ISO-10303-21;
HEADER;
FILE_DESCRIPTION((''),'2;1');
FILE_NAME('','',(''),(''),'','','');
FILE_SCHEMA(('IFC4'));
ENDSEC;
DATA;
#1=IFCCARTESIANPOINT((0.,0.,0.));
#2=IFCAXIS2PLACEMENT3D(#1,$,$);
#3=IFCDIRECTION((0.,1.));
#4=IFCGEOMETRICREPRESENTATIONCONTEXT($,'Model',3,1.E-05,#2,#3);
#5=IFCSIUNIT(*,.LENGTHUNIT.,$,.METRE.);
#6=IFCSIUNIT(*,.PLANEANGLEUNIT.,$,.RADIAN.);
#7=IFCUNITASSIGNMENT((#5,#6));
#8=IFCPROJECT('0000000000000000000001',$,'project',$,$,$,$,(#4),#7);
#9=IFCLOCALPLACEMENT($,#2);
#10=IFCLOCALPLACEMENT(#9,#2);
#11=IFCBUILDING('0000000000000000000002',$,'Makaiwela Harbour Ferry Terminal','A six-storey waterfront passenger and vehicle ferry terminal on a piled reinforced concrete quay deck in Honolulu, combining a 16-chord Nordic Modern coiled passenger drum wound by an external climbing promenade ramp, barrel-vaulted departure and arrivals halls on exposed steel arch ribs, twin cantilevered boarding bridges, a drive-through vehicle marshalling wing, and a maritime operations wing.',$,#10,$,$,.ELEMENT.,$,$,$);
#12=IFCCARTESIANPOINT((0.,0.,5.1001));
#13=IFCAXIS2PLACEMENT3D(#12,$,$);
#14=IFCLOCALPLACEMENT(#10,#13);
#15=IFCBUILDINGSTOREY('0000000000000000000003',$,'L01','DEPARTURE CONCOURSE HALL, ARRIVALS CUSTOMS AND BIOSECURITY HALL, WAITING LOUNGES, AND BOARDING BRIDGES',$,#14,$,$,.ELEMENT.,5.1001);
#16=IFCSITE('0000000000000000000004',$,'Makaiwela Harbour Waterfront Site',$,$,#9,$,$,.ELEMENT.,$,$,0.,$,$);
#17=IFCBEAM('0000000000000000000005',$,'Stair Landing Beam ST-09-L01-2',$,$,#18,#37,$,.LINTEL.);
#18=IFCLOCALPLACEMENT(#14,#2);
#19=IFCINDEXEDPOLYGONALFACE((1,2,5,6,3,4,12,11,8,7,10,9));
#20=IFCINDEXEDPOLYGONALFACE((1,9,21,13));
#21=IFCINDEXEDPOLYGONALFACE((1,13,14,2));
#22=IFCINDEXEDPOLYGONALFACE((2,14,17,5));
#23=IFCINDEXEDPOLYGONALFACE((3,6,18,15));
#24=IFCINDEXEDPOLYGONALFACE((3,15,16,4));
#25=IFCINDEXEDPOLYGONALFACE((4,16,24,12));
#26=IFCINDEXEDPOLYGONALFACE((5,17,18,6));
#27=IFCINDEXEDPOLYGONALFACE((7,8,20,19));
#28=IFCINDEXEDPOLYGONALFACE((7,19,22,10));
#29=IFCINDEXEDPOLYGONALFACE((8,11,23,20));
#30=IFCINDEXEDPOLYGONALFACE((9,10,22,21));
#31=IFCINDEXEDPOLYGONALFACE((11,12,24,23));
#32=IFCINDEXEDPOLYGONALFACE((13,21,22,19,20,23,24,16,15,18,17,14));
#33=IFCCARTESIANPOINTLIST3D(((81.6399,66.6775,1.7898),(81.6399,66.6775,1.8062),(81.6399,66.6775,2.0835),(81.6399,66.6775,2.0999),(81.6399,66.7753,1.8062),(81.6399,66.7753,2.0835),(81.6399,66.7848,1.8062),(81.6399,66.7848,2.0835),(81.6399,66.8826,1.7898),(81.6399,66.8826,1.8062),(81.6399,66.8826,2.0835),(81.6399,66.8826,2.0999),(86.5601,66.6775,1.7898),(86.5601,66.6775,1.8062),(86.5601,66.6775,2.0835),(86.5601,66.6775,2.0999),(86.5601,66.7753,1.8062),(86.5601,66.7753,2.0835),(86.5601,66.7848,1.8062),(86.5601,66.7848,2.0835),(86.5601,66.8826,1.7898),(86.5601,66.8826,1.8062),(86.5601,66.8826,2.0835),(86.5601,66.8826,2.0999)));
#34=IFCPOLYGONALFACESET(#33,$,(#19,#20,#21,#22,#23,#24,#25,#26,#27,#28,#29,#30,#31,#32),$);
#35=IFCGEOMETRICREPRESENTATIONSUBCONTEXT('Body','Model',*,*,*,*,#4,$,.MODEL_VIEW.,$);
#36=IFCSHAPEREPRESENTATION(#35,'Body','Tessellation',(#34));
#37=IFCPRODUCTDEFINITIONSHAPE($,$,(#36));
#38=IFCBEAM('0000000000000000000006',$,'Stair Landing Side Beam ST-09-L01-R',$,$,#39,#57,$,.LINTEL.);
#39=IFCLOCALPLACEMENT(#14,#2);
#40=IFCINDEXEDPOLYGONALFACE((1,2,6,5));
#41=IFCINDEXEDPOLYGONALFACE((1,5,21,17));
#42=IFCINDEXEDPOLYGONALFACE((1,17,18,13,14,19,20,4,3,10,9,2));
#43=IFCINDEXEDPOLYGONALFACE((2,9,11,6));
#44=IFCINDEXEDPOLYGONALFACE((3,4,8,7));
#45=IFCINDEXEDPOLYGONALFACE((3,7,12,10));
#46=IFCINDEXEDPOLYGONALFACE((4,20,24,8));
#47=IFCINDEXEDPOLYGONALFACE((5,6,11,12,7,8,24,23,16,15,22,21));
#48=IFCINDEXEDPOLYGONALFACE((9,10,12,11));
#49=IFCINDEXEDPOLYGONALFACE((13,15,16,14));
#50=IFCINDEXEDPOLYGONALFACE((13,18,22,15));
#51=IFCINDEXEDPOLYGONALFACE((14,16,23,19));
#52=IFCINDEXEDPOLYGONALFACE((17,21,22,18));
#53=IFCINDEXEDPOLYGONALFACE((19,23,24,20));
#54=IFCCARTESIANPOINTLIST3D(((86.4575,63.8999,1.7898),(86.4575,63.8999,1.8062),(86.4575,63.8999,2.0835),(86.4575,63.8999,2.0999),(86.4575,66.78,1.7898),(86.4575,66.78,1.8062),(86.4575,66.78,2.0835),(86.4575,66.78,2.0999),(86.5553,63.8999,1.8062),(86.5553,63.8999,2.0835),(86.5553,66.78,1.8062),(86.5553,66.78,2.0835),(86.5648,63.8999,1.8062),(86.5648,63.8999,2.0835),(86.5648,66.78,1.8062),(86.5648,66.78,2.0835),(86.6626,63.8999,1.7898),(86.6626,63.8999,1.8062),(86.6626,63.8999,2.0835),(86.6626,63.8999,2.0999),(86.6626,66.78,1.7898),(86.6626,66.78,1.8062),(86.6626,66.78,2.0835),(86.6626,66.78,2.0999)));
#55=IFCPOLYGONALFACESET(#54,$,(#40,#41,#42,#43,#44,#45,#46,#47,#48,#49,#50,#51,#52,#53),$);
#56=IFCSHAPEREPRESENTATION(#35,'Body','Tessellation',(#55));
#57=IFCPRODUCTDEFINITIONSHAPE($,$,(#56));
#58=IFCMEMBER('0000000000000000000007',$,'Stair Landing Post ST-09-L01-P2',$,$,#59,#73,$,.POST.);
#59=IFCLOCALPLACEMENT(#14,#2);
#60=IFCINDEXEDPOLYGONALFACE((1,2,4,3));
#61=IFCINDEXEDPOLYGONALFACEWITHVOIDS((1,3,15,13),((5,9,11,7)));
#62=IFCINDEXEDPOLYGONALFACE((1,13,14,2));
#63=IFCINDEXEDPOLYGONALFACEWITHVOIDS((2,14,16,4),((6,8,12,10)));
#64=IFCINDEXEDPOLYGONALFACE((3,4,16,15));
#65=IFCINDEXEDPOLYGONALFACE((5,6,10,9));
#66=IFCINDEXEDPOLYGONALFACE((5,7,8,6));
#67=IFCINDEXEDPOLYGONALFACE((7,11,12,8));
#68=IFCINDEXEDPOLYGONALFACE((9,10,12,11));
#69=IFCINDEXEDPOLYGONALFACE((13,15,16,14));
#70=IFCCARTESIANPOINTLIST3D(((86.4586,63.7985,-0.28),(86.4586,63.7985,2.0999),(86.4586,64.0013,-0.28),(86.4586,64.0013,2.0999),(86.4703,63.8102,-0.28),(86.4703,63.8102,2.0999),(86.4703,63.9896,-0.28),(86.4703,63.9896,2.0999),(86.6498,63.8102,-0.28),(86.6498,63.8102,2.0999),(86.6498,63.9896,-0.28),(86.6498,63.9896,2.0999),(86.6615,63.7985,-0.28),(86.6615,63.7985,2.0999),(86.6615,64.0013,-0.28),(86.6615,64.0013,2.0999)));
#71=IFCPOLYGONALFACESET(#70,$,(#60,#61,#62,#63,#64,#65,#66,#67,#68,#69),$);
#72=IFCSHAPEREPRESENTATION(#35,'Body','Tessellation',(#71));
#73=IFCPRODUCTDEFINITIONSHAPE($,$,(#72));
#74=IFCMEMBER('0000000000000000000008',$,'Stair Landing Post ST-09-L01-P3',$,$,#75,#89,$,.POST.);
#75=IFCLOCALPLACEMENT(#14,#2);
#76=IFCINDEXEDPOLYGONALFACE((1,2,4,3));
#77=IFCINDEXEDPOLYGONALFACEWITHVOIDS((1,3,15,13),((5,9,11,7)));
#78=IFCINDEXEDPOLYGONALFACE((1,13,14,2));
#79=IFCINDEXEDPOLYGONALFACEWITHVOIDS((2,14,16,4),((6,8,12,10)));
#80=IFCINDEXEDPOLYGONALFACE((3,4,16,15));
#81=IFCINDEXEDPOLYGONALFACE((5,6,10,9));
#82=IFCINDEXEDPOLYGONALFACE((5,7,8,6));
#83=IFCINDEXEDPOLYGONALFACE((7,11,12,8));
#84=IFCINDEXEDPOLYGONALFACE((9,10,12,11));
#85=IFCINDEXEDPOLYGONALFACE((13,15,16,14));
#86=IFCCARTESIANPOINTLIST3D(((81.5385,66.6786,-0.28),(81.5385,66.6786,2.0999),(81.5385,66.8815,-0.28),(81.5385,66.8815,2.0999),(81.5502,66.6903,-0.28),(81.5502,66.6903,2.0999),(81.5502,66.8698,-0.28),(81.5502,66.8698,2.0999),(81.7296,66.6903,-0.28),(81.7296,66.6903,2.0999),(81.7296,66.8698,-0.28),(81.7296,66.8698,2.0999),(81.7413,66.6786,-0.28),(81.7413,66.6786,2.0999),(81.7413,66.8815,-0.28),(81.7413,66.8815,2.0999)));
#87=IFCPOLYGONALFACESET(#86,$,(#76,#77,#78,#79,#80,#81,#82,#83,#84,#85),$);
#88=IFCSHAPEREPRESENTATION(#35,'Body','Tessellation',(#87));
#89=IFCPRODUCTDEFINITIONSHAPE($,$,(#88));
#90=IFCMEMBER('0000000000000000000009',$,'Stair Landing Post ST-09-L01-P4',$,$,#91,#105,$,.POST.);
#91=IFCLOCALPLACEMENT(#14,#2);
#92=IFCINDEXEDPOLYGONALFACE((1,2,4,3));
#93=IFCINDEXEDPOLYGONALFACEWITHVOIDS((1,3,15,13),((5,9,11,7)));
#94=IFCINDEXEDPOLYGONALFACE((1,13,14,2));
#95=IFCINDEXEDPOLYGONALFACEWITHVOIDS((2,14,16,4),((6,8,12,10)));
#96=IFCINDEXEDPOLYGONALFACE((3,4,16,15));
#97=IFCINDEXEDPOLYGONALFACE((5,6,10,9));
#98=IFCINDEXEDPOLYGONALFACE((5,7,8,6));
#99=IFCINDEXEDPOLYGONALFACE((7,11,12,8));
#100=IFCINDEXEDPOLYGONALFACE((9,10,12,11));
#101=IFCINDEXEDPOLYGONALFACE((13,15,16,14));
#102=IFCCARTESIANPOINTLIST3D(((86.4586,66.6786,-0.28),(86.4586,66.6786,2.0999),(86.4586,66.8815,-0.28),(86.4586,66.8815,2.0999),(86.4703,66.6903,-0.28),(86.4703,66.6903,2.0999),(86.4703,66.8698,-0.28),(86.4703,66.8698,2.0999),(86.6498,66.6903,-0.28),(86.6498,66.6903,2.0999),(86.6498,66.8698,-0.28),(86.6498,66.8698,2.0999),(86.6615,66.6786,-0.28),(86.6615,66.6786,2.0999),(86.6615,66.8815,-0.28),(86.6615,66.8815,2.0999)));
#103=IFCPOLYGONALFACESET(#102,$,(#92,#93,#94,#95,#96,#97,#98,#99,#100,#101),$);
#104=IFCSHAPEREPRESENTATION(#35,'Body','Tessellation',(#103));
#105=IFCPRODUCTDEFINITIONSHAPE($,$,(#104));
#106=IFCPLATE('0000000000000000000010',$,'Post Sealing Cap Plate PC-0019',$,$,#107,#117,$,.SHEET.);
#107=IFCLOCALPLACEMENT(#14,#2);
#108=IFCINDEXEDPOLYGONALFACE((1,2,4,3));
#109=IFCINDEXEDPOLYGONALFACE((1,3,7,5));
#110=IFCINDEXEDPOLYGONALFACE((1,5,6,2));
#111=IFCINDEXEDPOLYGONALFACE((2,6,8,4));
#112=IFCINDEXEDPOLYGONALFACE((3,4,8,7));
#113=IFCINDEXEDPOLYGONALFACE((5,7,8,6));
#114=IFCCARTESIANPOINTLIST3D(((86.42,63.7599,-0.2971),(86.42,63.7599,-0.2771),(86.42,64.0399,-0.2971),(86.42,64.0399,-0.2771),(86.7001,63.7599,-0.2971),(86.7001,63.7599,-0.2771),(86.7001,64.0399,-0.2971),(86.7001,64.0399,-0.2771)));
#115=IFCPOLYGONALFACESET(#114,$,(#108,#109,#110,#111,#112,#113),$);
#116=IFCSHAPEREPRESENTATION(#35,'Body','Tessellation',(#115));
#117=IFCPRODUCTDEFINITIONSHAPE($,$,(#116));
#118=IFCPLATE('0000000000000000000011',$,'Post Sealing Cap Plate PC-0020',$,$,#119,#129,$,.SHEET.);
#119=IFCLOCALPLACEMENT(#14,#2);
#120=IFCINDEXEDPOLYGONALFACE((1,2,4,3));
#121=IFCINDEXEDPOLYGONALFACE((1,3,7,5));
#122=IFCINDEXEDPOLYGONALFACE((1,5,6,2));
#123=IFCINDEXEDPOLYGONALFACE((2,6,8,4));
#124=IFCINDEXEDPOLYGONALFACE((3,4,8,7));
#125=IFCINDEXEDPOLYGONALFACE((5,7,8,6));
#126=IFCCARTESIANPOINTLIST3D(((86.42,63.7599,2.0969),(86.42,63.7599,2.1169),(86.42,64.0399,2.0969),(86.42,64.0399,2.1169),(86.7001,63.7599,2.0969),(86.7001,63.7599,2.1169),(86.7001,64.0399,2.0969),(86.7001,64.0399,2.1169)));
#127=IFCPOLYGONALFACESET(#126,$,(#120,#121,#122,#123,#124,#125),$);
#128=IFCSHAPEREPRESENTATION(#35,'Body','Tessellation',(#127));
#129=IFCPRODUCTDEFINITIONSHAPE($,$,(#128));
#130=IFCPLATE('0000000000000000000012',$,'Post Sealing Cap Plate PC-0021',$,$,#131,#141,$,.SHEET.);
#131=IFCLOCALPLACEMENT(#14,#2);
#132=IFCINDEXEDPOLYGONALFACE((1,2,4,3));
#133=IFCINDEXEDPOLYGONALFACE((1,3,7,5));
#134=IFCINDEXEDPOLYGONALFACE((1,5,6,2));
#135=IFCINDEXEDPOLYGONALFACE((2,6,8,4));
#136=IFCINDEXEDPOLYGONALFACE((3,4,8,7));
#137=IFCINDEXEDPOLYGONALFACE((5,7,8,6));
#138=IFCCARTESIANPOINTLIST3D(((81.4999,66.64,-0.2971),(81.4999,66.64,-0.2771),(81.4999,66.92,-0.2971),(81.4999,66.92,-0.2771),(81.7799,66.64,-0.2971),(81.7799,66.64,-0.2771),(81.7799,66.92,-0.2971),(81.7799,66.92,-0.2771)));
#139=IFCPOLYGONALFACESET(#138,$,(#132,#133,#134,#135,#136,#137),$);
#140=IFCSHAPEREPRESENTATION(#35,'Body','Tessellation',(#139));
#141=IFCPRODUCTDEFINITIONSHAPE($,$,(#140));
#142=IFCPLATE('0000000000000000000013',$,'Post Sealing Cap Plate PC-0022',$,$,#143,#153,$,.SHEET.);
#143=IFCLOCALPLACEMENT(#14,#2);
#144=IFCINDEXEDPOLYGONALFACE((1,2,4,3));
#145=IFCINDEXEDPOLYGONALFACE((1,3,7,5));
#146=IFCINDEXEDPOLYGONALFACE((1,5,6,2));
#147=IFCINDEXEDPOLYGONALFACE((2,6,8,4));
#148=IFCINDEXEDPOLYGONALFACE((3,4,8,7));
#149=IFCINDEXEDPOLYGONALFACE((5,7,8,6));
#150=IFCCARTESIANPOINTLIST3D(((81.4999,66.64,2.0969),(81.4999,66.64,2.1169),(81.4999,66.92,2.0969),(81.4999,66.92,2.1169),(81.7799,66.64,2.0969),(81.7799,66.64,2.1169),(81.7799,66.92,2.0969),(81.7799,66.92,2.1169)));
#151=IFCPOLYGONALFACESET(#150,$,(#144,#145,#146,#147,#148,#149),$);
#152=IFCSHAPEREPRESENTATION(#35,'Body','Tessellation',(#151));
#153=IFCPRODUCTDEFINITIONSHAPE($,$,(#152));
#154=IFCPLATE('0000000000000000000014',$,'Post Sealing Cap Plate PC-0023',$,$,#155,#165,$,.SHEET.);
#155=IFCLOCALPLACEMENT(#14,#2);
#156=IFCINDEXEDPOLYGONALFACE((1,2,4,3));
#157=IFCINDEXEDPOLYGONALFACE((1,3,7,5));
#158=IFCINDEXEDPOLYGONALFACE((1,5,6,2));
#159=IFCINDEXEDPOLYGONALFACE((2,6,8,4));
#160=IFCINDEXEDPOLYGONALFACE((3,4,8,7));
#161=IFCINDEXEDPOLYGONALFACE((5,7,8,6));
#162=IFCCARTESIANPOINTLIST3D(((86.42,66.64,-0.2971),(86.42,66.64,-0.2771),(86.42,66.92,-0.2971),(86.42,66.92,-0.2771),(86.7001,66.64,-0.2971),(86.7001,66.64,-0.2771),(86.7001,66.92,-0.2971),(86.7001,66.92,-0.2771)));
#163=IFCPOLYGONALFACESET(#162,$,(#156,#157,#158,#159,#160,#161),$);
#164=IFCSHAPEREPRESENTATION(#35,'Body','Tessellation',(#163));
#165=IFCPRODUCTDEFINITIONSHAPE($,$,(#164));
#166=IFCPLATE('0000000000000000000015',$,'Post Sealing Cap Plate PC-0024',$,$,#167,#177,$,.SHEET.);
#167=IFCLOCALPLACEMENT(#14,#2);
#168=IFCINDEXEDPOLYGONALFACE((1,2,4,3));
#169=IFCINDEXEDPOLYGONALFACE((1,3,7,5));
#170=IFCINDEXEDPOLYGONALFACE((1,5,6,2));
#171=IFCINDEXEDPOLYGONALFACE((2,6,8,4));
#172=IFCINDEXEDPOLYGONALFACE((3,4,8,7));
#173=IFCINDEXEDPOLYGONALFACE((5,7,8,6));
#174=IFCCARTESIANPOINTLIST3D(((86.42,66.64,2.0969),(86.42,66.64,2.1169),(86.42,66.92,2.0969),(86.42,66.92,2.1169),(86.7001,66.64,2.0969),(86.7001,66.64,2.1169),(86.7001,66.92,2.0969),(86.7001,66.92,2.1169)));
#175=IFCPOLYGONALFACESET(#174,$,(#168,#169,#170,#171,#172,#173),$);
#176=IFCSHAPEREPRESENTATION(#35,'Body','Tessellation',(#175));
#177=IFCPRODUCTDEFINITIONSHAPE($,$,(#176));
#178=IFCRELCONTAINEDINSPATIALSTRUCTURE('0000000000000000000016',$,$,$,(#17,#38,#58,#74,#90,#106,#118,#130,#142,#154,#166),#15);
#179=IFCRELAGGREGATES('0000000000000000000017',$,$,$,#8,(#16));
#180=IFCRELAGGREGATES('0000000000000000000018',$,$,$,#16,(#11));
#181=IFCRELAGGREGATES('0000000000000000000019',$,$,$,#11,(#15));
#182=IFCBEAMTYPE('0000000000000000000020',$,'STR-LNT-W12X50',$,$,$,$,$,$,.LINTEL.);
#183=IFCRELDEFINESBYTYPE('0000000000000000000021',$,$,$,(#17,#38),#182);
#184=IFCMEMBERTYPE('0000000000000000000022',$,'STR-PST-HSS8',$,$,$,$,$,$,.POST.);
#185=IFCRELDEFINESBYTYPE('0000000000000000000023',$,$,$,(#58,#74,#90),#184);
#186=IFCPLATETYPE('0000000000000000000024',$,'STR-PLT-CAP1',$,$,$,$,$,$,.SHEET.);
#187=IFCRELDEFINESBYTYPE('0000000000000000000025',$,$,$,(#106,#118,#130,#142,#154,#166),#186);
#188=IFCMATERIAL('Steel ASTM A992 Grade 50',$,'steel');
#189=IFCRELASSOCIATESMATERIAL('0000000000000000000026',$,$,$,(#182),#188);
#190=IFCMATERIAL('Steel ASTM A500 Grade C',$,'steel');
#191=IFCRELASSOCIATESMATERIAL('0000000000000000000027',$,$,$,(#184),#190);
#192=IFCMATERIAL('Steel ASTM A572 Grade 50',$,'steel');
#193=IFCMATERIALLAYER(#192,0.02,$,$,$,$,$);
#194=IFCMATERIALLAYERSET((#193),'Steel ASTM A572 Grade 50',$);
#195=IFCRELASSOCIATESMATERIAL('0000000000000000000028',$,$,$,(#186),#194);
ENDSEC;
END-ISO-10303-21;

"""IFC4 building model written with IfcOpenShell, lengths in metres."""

from ifc_helpers import new_model, si_unit, direction, frame, origin, origin_2d, place, context, subcontext, project, spatial, rectangle, hollow_rectangle, i_section, extrude, material, layer, layer_set, material_profile, profile_set, type_object, element, save


model = new_model("IFC4")

# Units and contexts
model_context = context("Model", 3, precision=1e-05, world=origin(), true_north=direction((0.0, 1.0)))
body_context = subcontext(model_context, "Body", "Model", "MODEL_VIEW")
ifc_project = project(units=[si_unit("LENGTHUNIT", "METRE"), si_unit("PLANEANGLEUNIT", "RADIAN")], contexts=[model_context])

# Site, building, storey
site_placement = place(None, origin())
site = spatial("IfcSite", under=ifc_project, at=site_placement, Name="Makaiwela Harbour Waterfront Site", CompositionType="ELEMENT", RefElevation=0.0)
building_placement = place(site_placement, origin())
building = spatial("IfcBuilding", under=site, at=building_placement, Name="Makaiwela Harbour Ferry Terminal", Description="A six-storey waterfront passenger and vehicle ferry terminal on a piled reinforced concrete quay deck in Honolulu, combining a 16-chord Nordic Modern coiled passenger drum wound by an external climbing promenade ramp, barrel-vaulted departure and arrivals halls on exposed steel arch ribs, twin cantilevered boarding bridges, a drive-through vehicle marshalling wing, and a maritime operations wing.", CompositionType="ELEMENT")
storey_placement = place(building_placement, frame((0.0, 0.0, 5.1001)))
storey = spatial("IfcBuildingStorey", under=building, at=storey_placement, Name="L01", Description="DEPARTURE CONCOURSE HALL, ARRIVALS CUSTOMS AND BIOSECURITY HALL, WAITING LOUNGES, AND BOARDING BRIDGES", CompositionType="ELEMENT", Elevation=5.1001)

# Shared definitions
ifc_material_1 = material(Name="Steel ASTM A992 Grade 50", Category="steel")

# Beams
ifc_material_profile_1 = material_profile(ifc_material_1, i_section(OverallWidth=0.2051, OverallDepth=0.3101, WebThickness=0.0095, FlangeThickness=0.0164, at=origin_2d()), Name="W12X50")
ifc_profile_set_1 = profile_set([ifc_material_profile_1], Name="Steel ASTM A992 Grade 50")
beam_type_1 = type_object("IfcBeamType", Name="STR-LNT-W12X50", PredefinedType="LINTEL", material=ifc_profile_set_1)
beam_1_placement = place(storey_placement, frame((81.6399, 66.78, 1.9448), z_axis=(1.0, 0.0, 0.0), x_axis=(0.0, 1.0, 0.0)))
element("IfcBeam", 1, at=beam_1_placement, inside=storey, type_object=beam_type_1, Name="Stair Landing Beam ST-09-L01-2", PredefinedType="LINTEL", context=body_context, shape_type="SweptSolid", body=[
    extrude(i_section(OverallWidth=0.2051, OverallDepth=0.3101, WebThickness=0.0095, FlangeThickness=0.0164, at=origin_2d()), origin(), (0.0, 0.0, 1.0), 4.9202),
])
beam_2_placement = place(storey_placement, frame((86.5601, 63.8999, 1.9448), z_axis=(0.0, 1.0, 0.0), x_axis=(-1.0, 0.0, 0.0)))
element("IfcBeam", 2, at=beam_2_placement, inside=storey, type_object=beam_type_1, Name="Stair Landing Side Beam ST-09-L01-R", PredefinedType="LINTEL", context=body_context, shape_type="SweptSolid", body=[
    extrude(i_section(OverallWidth=0.2051, OverallDepth=0.3101, WebThickness=0.0095, FlangeThickness=0.0164, at=origin_2d()), origin(), (0.0, 0.0, 1.0), 2.8801),
])

# Members
ifc_material_2 = material(Name="Steel ASTM A500 Grade C", Category="steel")
ifc_material_profile_2 = material_profile(ifc_material_2, hollow_rectangle(XDim=0.2029, YDim=0.2029, WallThickness=0.0117, at=origin_2d()), Name="HSS8X8X1/2")
ifc_profile_set_2 = profile_set([ifc_material_profile_2], Name="Steel ASTM A500 Grade C")
member_type = type_object("IfcMemberType", Name="STR-PST-HSS8", PredefinedType="POST", material=ifc_profile_set_2)
for number, where, z_axis, x_axis, name in (
    (3, (86.5601, 63.8999, -0.28), (0.0, 0.0, 1.0), (1.0, 0.0, 0.0), "Stair Landing Post ST-09-L01-P2"),
    (4, (81.6399, 66.78, -0.28), (0.0, 0.0, 1.0), (1.0, 0.0, 0.0), "Stair Landing Post ST-09-L01-P3"),
    (5, (86.5601, 66.78, -0.28), (0.0, 0.0, 1.0), (1.0, 0.0, 0.0), "Stair Landing Post ST-09-L01-P4"),
):
    element("IfcMember", number, at=place(storey_placement, frame(where, z_axis=z_axis, x_axis=x_axis)), inside=storey, type_object=member_type, Name=name, PredefinedType="POST", context=body_context, shape_type="SweptSolid", body=[
        extrude(hollow_rectangle(XDim=0.2029, YDim=0.2029, WallThickness=0.0117, at=origin_2d()), origin(), (0.0, 0.0, 1.0), 2.3799),
    ])

# Plates
ifc_material_3 = material(Name="Steel ASTM A572 Grade 50", Category="steel")
ifc_layer = layer(ifc_material_3, 0.02)
ifc_layer_set = layer_set([ifc_layer], Name="Steel ASTM A572 Grade 50")
plate_type = type_object("IfcPlateType", Name="STR-PLT-CAP1", PredefinedType="SHEET", material=ifc_layer_set)
for number, where, z_axis, x_axis, name in (
    (6, (86.5601, 63.8999, -0.2971), (0.0, 0.0, 1.0), (1.0, 0.0, 0.0), "Post Sealing Cap Plate PC-0019"),
    (7, (86.5601, 63.8999, 2.0969), (0.0, 0.0, 1.0), (1.0, 0.0, 0.0), "Post Sealing Cap Plate PC-0020"),
    (8, (81.6399, 66.78, -0.2971), (0.0, 0.0, 1.0), (1.0, 0.0, 0.0), "Post Sealing Cap Plate PC-0021"),
    (9, (81.6399, 66.78, 2.0969), (0.0, 0.0, 1.0), (1.0, 0.0, 0.0), "Post Sealing Cap Plate PC-0022"),
    (10, (86.5601, 66.78, -0.2971), (0.0, 0.0, 1.0), (1.0, 0.0, 0.0), "Post Sealing Cap Plate PC-0023"),
    (11, (86.5601, 66.78, 2.0969), (0.0, 0.0, 1.0), (1.0, 0.0, 0.0), "Post Sealing Cap Plate PC-0024"),
):
    element("IfcPlate", number, at=place(storey_placement, frame(where, z_axis=z_axis, x_axis=x_axis)), inside=storey, type_object=plate_type, Name=name, PredefinedType="SHEET", context=body_context, shape_type="SweptSolid", body=[
        extrude(rectangle(XDim=0.28, YDim=0.28, at=origin_2d()), origin(), (0.0, 0.0, 1.0), 0.02),
    ])

save(model, "model.ifc")
